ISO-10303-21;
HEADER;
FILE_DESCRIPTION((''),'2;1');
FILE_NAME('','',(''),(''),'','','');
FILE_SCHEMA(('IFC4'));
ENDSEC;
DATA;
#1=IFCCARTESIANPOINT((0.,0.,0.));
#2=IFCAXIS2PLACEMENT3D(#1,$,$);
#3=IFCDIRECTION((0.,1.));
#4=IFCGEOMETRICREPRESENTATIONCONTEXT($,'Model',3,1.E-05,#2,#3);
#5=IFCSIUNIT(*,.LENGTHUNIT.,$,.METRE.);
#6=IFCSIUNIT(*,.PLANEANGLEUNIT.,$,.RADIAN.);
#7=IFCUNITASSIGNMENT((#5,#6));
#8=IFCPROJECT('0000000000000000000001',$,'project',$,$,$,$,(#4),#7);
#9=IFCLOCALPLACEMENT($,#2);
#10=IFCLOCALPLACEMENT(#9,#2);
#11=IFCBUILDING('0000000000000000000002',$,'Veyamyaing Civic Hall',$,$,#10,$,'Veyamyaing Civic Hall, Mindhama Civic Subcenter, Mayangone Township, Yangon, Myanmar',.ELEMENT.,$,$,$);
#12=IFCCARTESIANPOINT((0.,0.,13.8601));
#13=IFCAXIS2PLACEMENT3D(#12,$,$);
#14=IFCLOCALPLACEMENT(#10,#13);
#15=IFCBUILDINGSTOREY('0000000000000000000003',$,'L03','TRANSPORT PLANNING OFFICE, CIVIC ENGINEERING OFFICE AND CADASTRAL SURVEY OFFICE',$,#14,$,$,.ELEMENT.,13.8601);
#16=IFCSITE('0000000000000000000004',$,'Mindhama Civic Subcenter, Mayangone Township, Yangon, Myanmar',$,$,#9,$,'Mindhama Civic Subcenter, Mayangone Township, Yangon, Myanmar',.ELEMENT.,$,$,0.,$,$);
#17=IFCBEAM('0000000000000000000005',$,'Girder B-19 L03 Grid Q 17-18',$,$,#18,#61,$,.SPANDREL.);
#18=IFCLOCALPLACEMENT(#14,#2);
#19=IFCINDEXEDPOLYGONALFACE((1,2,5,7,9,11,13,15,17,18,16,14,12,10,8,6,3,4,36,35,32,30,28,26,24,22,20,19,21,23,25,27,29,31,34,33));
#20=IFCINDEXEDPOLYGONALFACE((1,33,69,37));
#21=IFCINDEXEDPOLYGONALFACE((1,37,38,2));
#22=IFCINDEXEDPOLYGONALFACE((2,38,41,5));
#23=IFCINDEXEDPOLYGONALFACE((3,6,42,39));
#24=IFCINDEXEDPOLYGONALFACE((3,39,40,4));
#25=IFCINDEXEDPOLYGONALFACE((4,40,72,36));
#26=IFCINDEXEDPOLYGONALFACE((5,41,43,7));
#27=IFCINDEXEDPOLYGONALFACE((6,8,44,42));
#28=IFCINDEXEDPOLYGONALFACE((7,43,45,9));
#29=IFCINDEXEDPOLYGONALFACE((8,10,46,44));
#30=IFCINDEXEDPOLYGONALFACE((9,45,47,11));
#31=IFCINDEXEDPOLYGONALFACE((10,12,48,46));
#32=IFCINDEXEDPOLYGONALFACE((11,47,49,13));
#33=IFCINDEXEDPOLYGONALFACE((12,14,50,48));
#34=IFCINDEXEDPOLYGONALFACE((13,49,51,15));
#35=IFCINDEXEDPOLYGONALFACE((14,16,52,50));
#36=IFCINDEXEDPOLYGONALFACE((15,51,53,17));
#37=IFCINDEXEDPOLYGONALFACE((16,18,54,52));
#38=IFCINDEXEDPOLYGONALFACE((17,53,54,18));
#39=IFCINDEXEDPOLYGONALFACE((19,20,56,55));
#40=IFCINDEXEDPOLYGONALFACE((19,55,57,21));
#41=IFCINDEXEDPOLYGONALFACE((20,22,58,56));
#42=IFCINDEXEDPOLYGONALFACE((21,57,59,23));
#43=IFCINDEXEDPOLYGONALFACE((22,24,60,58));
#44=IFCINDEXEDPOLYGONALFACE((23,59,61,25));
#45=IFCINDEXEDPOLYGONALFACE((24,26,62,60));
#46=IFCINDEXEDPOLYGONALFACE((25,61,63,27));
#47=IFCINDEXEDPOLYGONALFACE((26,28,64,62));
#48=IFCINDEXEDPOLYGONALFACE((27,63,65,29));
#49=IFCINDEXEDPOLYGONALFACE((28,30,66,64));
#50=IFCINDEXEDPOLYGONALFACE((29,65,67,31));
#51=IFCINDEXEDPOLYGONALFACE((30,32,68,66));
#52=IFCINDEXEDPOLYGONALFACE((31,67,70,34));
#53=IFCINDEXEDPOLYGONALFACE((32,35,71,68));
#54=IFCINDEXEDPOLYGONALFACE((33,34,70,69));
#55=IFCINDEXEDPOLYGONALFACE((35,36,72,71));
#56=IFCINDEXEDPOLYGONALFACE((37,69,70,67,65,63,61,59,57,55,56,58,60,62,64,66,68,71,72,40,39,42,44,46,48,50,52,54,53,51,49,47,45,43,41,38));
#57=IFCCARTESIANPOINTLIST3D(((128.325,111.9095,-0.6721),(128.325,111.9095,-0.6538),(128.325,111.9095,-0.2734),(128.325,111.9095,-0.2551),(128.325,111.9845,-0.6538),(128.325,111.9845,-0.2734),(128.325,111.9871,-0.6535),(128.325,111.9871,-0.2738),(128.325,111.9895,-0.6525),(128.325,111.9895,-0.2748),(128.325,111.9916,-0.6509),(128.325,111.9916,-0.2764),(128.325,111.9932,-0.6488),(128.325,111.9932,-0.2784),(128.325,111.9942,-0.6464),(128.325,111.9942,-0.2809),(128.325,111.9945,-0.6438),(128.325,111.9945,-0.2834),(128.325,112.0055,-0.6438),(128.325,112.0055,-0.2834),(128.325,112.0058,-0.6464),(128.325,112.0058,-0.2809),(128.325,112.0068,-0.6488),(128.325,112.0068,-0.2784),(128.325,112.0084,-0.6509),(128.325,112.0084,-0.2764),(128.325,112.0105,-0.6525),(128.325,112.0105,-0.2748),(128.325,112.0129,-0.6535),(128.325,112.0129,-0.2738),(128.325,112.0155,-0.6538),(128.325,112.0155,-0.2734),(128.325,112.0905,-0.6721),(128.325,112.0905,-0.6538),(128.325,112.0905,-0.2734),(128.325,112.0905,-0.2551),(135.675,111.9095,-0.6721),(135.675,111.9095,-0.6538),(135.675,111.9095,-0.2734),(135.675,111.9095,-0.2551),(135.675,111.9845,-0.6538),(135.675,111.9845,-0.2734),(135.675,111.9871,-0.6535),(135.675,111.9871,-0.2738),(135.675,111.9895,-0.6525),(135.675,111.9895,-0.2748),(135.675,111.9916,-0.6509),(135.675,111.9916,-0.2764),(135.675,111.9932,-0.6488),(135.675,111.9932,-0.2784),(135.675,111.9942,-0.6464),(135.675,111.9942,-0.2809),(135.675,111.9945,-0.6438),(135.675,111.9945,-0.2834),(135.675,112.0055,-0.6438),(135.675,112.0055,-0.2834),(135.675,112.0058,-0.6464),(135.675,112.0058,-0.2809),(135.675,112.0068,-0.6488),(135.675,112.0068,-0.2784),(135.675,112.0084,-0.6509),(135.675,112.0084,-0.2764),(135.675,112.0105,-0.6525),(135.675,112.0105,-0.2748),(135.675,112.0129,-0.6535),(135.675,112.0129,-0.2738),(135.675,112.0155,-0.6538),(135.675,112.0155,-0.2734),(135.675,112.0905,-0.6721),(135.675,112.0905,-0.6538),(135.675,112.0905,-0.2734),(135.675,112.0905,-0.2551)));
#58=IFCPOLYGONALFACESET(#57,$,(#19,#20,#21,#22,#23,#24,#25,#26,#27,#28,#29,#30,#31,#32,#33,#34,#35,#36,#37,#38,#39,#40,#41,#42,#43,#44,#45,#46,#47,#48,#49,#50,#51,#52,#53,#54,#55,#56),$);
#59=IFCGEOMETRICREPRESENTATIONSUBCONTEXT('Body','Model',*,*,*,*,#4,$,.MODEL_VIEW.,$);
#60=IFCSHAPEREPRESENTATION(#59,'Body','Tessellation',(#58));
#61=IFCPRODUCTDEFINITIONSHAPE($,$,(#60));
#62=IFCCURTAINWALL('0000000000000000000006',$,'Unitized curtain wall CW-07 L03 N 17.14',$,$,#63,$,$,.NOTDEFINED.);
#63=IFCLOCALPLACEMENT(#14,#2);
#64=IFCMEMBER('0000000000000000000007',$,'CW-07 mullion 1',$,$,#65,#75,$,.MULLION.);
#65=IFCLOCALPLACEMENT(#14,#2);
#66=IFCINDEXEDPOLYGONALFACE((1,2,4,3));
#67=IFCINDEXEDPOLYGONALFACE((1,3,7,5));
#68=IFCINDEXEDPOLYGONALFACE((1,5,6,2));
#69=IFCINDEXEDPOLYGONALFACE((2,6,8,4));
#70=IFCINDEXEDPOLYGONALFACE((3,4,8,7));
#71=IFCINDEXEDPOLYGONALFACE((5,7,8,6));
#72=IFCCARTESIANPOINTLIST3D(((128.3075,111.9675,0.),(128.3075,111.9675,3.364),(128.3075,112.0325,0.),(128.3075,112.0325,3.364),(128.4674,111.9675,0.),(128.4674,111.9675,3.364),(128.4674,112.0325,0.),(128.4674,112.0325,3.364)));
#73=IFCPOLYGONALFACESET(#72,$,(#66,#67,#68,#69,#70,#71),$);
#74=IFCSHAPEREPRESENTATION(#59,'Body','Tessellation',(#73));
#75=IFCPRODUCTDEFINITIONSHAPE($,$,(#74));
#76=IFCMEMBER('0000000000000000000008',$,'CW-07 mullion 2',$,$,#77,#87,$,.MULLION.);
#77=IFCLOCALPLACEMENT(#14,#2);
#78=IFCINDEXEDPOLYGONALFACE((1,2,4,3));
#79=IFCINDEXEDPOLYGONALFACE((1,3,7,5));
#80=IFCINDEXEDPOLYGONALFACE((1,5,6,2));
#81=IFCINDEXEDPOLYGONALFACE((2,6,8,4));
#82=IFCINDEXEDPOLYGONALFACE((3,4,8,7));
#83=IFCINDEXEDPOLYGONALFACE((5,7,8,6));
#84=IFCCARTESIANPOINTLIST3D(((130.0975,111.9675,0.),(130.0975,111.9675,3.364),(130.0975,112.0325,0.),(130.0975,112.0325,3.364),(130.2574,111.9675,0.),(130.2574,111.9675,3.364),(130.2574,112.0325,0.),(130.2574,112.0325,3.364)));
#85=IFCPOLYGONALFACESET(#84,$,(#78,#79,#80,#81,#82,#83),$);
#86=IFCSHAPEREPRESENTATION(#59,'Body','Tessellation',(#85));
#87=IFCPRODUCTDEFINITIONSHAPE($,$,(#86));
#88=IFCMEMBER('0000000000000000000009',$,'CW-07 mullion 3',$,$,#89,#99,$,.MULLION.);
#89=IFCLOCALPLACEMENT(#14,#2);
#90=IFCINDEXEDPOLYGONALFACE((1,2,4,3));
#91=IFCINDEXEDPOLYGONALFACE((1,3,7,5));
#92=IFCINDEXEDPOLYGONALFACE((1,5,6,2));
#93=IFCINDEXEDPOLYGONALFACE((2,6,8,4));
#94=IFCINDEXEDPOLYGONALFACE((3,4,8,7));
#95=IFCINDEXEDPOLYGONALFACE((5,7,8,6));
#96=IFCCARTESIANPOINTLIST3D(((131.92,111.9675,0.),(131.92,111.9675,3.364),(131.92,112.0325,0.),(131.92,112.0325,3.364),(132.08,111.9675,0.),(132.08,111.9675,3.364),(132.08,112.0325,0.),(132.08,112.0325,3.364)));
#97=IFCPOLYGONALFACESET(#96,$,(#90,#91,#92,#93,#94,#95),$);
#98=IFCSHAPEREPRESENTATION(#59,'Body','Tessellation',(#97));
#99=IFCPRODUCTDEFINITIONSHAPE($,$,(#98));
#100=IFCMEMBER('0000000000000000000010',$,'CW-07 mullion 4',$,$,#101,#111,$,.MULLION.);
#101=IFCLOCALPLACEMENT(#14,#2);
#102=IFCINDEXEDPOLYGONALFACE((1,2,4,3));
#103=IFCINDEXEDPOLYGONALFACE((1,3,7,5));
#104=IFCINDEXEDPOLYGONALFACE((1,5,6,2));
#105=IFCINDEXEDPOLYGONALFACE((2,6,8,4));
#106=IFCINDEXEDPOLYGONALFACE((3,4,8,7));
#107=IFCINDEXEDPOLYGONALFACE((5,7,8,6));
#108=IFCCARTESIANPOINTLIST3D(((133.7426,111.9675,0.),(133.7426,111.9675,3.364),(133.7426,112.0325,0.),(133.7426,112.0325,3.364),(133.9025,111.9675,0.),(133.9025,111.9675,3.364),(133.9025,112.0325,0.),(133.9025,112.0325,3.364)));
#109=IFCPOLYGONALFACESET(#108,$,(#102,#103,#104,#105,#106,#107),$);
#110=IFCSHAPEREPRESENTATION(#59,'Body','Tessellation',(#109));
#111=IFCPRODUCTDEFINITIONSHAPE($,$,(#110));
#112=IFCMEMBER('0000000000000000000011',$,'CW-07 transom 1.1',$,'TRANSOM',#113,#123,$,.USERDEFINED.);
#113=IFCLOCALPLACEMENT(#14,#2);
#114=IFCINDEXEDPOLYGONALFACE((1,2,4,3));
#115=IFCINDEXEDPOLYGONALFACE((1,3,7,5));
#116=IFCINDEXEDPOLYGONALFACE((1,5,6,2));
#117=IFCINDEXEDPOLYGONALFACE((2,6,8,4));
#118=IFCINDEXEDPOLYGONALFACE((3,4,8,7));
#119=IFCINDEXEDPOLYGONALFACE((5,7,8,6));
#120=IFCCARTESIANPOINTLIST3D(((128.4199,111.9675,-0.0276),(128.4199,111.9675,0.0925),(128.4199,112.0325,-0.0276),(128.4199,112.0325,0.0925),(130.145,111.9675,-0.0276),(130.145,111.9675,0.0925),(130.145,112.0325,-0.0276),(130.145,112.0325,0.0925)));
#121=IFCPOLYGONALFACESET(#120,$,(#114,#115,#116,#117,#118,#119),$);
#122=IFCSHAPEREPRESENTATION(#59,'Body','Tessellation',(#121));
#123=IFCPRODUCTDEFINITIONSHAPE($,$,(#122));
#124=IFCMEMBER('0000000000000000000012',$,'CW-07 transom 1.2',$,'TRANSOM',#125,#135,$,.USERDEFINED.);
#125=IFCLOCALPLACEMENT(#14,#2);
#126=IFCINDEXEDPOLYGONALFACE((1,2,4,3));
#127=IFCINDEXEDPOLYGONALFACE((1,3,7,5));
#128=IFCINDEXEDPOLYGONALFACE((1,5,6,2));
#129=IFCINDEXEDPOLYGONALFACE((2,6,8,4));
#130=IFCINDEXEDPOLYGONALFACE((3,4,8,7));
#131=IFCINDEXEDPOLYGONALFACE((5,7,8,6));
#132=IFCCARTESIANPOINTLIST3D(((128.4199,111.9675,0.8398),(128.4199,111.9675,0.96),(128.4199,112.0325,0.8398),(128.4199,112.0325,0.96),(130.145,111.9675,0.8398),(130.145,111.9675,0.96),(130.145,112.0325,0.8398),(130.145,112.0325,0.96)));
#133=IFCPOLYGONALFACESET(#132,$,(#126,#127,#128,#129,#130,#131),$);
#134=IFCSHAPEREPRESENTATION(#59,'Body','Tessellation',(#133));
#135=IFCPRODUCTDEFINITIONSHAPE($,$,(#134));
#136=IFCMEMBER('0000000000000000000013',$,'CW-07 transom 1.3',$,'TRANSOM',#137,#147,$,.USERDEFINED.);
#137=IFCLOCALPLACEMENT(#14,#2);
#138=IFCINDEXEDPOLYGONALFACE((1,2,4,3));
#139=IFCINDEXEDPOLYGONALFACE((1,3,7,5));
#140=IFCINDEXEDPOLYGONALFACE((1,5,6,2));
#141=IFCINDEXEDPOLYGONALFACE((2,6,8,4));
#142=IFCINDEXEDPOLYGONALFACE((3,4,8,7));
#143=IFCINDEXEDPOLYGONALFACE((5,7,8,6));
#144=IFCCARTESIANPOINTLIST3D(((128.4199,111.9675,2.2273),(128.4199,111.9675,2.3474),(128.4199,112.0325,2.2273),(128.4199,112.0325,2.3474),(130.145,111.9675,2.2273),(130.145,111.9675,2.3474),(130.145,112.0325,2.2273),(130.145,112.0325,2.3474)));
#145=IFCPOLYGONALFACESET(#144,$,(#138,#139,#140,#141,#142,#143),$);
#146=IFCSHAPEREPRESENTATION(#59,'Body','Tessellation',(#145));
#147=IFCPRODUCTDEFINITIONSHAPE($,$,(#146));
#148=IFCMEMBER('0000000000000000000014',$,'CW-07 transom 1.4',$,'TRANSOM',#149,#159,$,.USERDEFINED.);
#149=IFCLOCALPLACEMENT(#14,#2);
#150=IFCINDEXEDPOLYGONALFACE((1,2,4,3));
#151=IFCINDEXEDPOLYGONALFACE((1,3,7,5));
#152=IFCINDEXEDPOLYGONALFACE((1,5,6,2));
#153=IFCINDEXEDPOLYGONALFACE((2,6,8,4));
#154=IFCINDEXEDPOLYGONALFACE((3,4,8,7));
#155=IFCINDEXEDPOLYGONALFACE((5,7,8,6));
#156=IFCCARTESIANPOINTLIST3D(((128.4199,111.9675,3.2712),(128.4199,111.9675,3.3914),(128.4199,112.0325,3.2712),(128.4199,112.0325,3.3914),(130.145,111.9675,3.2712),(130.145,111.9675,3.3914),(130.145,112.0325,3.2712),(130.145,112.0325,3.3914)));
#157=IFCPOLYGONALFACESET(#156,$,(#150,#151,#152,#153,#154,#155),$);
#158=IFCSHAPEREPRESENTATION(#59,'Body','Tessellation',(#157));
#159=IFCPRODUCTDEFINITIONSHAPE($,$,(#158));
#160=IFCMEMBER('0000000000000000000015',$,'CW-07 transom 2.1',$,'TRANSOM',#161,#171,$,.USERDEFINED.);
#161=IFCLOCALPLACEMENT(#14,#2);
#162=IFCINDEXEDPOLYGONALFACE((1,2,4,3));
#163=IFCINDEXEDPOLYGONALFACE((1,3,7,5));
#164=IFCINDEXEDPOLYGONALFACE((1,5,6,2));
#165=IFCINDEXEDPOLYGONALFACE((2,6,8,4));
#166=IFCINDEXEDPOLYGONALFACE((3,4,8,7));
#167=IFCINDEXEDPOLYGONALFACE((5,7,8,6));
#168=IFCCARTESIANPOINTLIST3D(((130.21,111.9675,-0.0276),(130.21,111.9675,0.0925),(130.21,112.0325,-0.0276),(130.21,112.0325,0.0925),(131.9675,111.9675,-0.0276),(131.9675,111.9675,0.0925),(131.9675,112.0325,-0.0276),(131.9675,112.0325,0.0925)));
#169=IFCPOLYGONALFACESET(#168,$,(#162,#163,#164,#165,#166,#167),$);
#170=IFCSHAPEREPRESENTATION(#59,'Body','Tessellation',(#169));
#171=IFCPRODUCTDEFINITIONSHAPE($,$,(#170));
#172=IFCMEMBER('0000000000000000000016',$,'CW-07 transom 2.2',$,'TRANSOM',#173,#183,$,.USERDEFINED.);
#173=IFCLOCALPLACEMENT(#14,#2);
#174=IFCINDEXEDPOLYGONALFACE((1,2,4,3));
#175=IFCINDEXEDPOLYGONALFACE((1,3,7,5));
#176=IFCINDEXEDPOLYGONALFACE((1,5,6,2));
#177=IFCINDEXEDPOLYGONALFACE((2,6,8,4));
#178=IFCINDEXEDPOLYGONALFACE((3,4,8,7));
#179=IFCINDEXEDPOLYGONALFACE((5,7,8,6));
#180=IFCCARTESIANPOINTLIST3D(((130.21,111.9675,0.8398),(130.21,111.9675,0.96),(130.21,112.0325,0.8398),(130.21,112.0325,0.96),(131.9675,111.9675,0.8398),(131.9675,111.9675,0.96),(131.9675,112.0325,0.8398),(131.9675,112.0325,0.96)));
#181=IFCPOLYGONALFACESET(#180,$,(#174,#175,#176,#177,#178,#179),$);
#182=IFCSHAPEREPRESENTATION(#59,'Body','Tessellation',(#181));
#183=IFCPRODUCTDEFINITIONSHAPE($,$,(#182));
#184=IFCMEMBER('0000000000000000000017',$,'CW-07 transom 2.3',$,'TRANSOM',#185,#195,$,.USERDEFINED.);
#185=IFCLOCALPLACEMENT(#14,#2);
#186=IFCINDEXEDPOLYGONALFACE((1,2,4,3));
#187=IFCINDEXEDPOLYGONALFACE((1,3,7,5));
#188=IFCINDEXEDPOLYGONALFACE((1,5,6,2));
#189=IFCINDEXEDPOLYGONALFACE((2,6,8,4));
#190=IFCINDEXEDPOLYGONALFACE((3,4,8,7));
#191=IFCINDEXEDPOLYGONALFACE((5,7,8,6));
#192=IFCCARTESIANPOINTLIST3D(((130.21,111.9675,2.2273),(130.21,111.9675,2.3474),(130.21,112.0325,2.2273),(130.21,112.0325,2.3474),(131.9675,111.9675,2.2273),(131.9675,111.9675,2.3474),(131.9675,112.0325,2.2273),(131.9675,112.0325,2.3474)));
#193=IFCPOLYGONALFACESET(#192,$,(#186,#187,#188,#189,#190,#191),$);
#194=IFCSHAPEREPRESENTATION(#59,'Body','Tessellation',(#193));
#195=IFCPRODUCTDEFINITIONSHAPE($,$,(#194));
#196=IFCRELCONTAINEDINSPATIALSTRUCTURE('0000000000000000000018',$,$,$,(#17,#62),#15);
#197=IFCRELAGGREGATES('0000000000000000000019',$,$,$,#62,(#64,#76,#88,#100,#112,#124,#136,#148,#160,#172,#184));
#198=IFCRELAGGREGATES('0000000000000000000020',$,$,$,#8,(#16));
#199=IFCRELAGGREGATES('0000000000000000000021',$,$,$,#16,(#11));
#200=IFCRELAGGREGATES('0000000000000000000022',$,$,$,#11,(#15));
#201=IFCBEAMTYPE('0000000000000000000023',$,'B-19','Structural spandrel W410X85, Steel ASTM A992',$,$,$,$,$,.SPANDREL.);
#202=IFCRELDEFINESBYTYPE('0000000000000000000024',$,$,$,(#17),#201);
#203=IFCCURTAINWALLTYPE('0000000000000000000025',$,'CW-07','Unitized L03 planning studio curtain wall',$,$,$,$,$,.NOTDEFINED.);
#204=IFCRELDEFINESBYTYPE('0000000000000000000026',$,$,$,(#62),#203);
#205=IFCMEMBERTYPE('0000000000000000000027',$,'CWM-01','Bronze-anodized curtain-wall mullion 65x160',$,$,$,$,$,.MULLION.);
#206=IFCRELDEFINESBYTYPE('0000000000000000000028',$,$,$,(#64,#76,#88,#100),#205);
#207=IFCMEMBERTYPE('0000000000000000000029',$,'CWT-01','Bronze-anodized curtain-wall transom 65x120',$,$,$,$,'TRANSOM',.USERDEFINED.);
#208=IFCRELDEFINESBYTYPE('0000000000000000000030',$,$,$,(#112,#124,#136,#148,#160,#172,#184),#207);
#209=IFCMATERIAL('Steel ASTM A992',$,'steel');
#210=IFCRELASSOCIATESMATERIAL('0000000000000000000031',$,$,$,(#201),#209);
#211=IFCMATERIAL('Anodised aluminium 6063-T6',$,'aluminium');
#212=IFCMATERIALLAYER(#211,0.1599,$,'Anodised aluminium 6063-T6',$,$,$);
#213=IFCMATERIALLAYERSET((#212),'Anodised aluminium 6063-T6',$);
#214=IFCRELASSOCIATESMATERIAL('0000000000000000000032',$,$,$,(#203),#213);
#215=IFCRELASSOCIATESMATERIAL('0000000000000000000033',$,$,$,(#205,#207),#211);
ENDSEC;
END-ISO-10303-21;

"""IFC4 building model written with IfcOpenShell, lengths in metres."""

from ifc_helpers import new_model, si_unit, direction, frame, origin, origin_2d, place, context, subcontext, project, spatial, rectangle, i_section, extrude, material, layer, layer_set, material_profile, profile_set, type_object, element, aggregate, save


model = new_model("IFC4")

# Units and contexts
model_context = context("Model", 3, precision=1e-05, world=origin(), true_north=direction((0.0, 1.0)))
body_context = subcontext(model_context, "Body", "Model", "MODEL_VIEW")
ifc_project = project(units=[si_unit("LENGTHUNIT", "METRE"), si_unit("PLANEANGLEUNIT", "RADIAN")], contexts=[model_context])

# Site, building, storey
site_placement = place(None, origin())
site = spatial("IfcSite", under=ifc_project, at=site_placement, Name="Mindhama Civic Subcenter, Mayangone Township, Yangon, Myanmar", LongName="Mindhama Civic Subcenter, Mayangone Township, Yangon, Myanmar", CompositionType="ELEMENT", RefElevation=0.0)
building_placement = place(site_placement, origin())
building = spatial("IfcBuilding", under=site, at=building_placement, Name="Veyamyaing Civic Hall", LongName="Veyamyaing Civic Hall, Mindhama Civic Subcenter, Mayangone Township, Yangon, Myanmar", CompositionType="ELEMENT")
storey_placement = place(building_placement, frame((0.0, 0.0, 13.8601)))
storey = spatial("IfcBuildingStorey", under=building, at=storey_placement, Name="L03", Description="TRANSPORT PLANNING OFFICE, CIVIC ENGINEERING OFFICE AND CADASTRAL SURVEY OFFICE", CompositionType="ELEMENT", Elevation=13.8601)

# Beam
ifc_material_1 = material(Name="Steel ASTM A992", Category="steel")
ifc_material_profile_1 = material_profile(ifc_material_1, i_section(OverallWidth=0.1809, OverallDepth=0.417, WebThickness=0.011, FlangeThickness=0.0183, FilletRadius=0.01, at=origin_2d()), Name="W410X85")
ifc_profile_set_1 = profile_set([ifc_material_profile_1], Name="Steel ASTM A992")
beam_type = type_object("IfcBeamType", Name="B-19", Description="Structural spandrel W410X85, Steel ASTM A992", PredefinedType="SPANDREL", material=ifc_profile_set_1)
beam_placement = place(storey_placement, frame((128.325, 112.0, -0.4636), z_axis=(1.0, 0.0, 0.0), x_axis=(0.0, 1.0, 0.0)))
element("IfcBeam", 1, at=beam_placement, inside=storey, type_object=beam_type, Name="Girder B-19 L03 Grid Q 17-18", PredefinedType="SPANDREL", context=body_context, shape_type="SweptSolid", body=[
    extrude(i_section(OverallWidth=0.1809, OverallDepth=0.417, WebThickness=0.011, FlangeThickness=0.0183, FilletRadius=0.01, at=origin_2d()), origin(), (0.0, 0.0, 1.0), 7.3501),
])

# Curtain wall, members
ifc_material_2 = material(Name="Anodised aluminium 6063-T6", Category="aluminium")
ifc_layer_1 = layer(ifc_material_2, 0.1599, Name="Anodised aluminium 6063-T6")
ifc_layer_set_1 = layer_set([ifc_layer_1], Name="Anodised aluminium 6063-T6")
curtain_wall_type = type_object("IfcCurtainWallType", Name="CW-07", Description="Unitized L03 planning studio curtain wall", PredefinedType="NOTDEFINED", material=ifc_layer_set_1)
curtain_wall_placement = place(storey_placement, origin())
curtain_wall = element("IfcCurtainWall", 2, at=curtain_wall_placement, inside=storey, type_object=curtain_wall_type, Name="Unitized curtain wall CW-07 L03 N 17.14", PredefinedType="NOTDEFINED")
ifc_material_profile_2 = material_profile(ifc_material_2, rectangle(XDim=0.0649, YDim=0.1599, at=origin_2d()), Name="ALU-MUL-65X160")
ifc_profile_set_2 = profile_set([ifc_material_profile_2], Name="Anodised aluminium 6063-T6")
member_type_1 = type_object("IfcMemberType", Name="CWM-01", Description="Bronze-anodized curtain-wall mullion 65x160", PredefinedType="MULLION", material=ifc_profile_set_2)
member_1_placement = place(storey_placement, frame((128.3875, 112.0, 0.0), z_axis=(0.0, 0.0, 1.0), x_axis=(0.0, 1.0, 0.0)))
member_1 = element("IfcMember", 3, at=member_1_placement, type_object=member_type_1, Name="CW-07 mullion 1", PredefinedType="MULLION", context=body_context, shape_type="SweptSolid", body=[
    extrude(rectangle(XDim=0.0649, YDim=0.1599, at=origin_2d()), origin(), (0.0, 0.0, 1.0), 3.364),
])
member_2_placement = place(storey_placement, frame((130.1775, 112.0, 0.0), z_axis=(0.0, 0.0, 1.0), x_axis=(0.0, 1.0, 0.0)))
member_2 = element("IfcMember", 4, at=member_2_placement, type_object=member_type_1, Name="CW-07 mullion 2", PredefinedType="MULLION", context=body_context, shape_type="SweptSolid", body=[
    extrude(rectangle(XDim=0.0649, YDim=0.1599, at=origin_2d()), origin(), (0.0, 0.0, 1.0), 3.364),
])
member_3_placement = place(storey_placement, frame((132.0, 112.0, 0.0), z_axis=(0.0, 0.0, 1.0), x_axis=(0.0, 1.0, 0.0)))
member_3 = element("IfcMember", 5, at=member_3_placement, type_object=member_type_1, Name="CW-07 mullion 3", PredefinedType="MULLION", context=body_context, shape_type="SweptSolid", body=[
    extrude(rectangle(XDim=0.0649, YDim=0.1599, at=origin_2d()), origin(), (0.0, 0.0, 1.0), 3.364),
])
member_4_placement = place(storey_placement, frame((133.8225, 112.0, 0.0), z_axis=(0.0, 0.0, 1.0), x_axis=(0.0, 1.0, 0.0)))
member_4 = element("IfcMember", 6, at=member_4_placement, type_object=member_type_1, Name="CW-07 mullion 4", PredefinedType="MULLION", context=body_context, shape_type="SweptSolid", body=[
    extrude(rectangle(XDim=0.0649, YDim=0.1599, at=origin_2d()), origin(), (0.0, 0.0, 1.0), 3.364),
])
ifc_material_profile_3 = material_profile(ifc_material_2, rectangle(XDim=0.0649, YDim=0.1201, at=origin_2d()), Name="ALU-TRN-65X120")
ifc_profile_set_3 = profile_set([ifc_material_profile_3], Name="Anodised aluminium 6063-T6")
member_type_2 = type_object("IfcMemberType", Name="CWT-01", Description="Bronze-anodized curtain-wall transom 65x120", ElementType="TRANSOM", PredefinedType="USERDEFINED", material=ifc_profile_set_3)
member_5_placement = place(storey_placement, frame((128.4199, 112.0, 0.0325), z_axis=(1.0, 0.0, 0.0), x_axis=(0.0, 1.0, 0.0)))
member_5 = element("IfcMember", 7, at=member_5_placement, type_object=member_type_2, Name="CW-07 transom 1.1", ObjectType="TRANSOM", PredefinedType="USERDEFINED", context=body_context, shape_type="SweptSolid", body=[
    extrude(rectangle(XDim=0.0649, YDim=0.1201, at=origin_2d()), origin(), (0.0, 0.0, 1.0), 1.7251),
])
member_6_placement = place(storey_placement, frame((128.4199, 112.0, 0.8999), z_axis=(1.0, 0.0, 0.0), x_axis=(0.0, 1.0, 0.0)))
member_6 = element("IfcMember", 8, at=member_6_placement, type_object=member_type_2, Name="CW-07 transom 1.2", ObjectType="TRANSOM", PredefinedType="USERDEFINED", context=body_context, shape_type="SweptSolid", body=[
    extrude(rectangle(XDim=0.0649, YDim=0.1201, at=origin_2d()), origin(), (0.0, 0.0, 1.0), 1.7251),
])
member_7_placement = place(storey_placement, frame((128.4199, 112.0, 2.2874), z_axis=(1.0, 0.0, 0.0), x_axis=(0.0, 1.0, 0.0)))
member_7 = element("IfcMember", 9, at=member_7_placement, type_object=member_type_2, Name="CW-07 transom 1.3", ObjectType="TRANSOM", PredefinedType="USERDEFINED", context=body_context, shape_type="SweptSolid", body=[
    extrude(rectangle(XDim=0.0649, YDim=0.1201, at=origin_2d()), origin(), (0.0, 0.0, 1.0), 1.7251),
])
member_8_placement = place(storey_placement, frame((128.4199, 112.0, 3.3313), z_axis=(1.0, 0.0, 0.0), x_axis=(0.0, 1.0, 0.0)))
member_8 = element("IfcMember", 10, at=member_8_placement, type_object=member_type_2, Name="CW-07 transom 1.4", ObjectType="TRANSOM", PredefinedType="USERDEFINED", context=body_context, shape_type="SweptSolid", body=[
    extrude(rectangle(XDim=0.0649, YDim=0.1201, at=origin_2d()), origin(), (0.0, 0.0, 1.0), 1.7251),
])
member_9_placement = place(storey_placement, frame((130.21, 112.0, 0.0325), z_axis=(1.0, 0.0, 0.0), x_axis=(0.0, 1.0, 0.0)))
member_9 = element("IfcMember", 11, at=member_9_placement, type_object=member_type_2, Name="CW-07 transom 2.1", ObjectType="TRANSOM", PredefinedType="USERDEFINED", context=body_context, shape_type="SweptSolid", body=[
    extrude(rectangle(XDim=0.0649, YDim=0.1201, at=origin_2d()), origin(), (0.0, 0.0, 1.0), 1.7576),
])
member_10_placement = place(storey_placement, frame((130.21, 112.0, 0.8999), z_axis=(1.0, 0.0, 0.0), x_axis=(0.0, 1.0, 0.0)))
member_10 = element("IfcMember", 12, at=member_10_placement, type_object=member_type_2, Name="CW-07 transom 2.2", ObjectType="TRANSOM", PredefinedType="USERDEFINED", context=body_context, shape_type="SweptSolid", body=[
    extrude(rectangle(XDim=0.0649, YDim=0.1201, at=origin_2d()), origin(), (0.0, 0.0, 1.0), 1.7576),
])
member_11_placement = place(storey_placement, frame((130.21, 112.0, 2.2874), z_axis=(1.0, 0.0, 0.0), x_axis=(0.0, 1.0, 0.0)))
member_11 = element("IfcMember", 13, at=member_11_placement, type_object=member_type_2, Name="CW-07 transom 2.3", ObjectType="TRANSOM", PredefinedType="USERDEFINED", context=body_context, shape_type="SweptSolid", body=[
    extrude(rectangle(XDim=0.0649, YDim=0.1201, at=origin_2d()), origin(), (0.0, 0.0, 1.0), 1.7576),
])
aggregate(curtain_wall, [member_1, member_2, member_3, member_4, member_5, member_6, member_7, member_8, member_9, member_10, member_11])

save(model, "model.ifc")
